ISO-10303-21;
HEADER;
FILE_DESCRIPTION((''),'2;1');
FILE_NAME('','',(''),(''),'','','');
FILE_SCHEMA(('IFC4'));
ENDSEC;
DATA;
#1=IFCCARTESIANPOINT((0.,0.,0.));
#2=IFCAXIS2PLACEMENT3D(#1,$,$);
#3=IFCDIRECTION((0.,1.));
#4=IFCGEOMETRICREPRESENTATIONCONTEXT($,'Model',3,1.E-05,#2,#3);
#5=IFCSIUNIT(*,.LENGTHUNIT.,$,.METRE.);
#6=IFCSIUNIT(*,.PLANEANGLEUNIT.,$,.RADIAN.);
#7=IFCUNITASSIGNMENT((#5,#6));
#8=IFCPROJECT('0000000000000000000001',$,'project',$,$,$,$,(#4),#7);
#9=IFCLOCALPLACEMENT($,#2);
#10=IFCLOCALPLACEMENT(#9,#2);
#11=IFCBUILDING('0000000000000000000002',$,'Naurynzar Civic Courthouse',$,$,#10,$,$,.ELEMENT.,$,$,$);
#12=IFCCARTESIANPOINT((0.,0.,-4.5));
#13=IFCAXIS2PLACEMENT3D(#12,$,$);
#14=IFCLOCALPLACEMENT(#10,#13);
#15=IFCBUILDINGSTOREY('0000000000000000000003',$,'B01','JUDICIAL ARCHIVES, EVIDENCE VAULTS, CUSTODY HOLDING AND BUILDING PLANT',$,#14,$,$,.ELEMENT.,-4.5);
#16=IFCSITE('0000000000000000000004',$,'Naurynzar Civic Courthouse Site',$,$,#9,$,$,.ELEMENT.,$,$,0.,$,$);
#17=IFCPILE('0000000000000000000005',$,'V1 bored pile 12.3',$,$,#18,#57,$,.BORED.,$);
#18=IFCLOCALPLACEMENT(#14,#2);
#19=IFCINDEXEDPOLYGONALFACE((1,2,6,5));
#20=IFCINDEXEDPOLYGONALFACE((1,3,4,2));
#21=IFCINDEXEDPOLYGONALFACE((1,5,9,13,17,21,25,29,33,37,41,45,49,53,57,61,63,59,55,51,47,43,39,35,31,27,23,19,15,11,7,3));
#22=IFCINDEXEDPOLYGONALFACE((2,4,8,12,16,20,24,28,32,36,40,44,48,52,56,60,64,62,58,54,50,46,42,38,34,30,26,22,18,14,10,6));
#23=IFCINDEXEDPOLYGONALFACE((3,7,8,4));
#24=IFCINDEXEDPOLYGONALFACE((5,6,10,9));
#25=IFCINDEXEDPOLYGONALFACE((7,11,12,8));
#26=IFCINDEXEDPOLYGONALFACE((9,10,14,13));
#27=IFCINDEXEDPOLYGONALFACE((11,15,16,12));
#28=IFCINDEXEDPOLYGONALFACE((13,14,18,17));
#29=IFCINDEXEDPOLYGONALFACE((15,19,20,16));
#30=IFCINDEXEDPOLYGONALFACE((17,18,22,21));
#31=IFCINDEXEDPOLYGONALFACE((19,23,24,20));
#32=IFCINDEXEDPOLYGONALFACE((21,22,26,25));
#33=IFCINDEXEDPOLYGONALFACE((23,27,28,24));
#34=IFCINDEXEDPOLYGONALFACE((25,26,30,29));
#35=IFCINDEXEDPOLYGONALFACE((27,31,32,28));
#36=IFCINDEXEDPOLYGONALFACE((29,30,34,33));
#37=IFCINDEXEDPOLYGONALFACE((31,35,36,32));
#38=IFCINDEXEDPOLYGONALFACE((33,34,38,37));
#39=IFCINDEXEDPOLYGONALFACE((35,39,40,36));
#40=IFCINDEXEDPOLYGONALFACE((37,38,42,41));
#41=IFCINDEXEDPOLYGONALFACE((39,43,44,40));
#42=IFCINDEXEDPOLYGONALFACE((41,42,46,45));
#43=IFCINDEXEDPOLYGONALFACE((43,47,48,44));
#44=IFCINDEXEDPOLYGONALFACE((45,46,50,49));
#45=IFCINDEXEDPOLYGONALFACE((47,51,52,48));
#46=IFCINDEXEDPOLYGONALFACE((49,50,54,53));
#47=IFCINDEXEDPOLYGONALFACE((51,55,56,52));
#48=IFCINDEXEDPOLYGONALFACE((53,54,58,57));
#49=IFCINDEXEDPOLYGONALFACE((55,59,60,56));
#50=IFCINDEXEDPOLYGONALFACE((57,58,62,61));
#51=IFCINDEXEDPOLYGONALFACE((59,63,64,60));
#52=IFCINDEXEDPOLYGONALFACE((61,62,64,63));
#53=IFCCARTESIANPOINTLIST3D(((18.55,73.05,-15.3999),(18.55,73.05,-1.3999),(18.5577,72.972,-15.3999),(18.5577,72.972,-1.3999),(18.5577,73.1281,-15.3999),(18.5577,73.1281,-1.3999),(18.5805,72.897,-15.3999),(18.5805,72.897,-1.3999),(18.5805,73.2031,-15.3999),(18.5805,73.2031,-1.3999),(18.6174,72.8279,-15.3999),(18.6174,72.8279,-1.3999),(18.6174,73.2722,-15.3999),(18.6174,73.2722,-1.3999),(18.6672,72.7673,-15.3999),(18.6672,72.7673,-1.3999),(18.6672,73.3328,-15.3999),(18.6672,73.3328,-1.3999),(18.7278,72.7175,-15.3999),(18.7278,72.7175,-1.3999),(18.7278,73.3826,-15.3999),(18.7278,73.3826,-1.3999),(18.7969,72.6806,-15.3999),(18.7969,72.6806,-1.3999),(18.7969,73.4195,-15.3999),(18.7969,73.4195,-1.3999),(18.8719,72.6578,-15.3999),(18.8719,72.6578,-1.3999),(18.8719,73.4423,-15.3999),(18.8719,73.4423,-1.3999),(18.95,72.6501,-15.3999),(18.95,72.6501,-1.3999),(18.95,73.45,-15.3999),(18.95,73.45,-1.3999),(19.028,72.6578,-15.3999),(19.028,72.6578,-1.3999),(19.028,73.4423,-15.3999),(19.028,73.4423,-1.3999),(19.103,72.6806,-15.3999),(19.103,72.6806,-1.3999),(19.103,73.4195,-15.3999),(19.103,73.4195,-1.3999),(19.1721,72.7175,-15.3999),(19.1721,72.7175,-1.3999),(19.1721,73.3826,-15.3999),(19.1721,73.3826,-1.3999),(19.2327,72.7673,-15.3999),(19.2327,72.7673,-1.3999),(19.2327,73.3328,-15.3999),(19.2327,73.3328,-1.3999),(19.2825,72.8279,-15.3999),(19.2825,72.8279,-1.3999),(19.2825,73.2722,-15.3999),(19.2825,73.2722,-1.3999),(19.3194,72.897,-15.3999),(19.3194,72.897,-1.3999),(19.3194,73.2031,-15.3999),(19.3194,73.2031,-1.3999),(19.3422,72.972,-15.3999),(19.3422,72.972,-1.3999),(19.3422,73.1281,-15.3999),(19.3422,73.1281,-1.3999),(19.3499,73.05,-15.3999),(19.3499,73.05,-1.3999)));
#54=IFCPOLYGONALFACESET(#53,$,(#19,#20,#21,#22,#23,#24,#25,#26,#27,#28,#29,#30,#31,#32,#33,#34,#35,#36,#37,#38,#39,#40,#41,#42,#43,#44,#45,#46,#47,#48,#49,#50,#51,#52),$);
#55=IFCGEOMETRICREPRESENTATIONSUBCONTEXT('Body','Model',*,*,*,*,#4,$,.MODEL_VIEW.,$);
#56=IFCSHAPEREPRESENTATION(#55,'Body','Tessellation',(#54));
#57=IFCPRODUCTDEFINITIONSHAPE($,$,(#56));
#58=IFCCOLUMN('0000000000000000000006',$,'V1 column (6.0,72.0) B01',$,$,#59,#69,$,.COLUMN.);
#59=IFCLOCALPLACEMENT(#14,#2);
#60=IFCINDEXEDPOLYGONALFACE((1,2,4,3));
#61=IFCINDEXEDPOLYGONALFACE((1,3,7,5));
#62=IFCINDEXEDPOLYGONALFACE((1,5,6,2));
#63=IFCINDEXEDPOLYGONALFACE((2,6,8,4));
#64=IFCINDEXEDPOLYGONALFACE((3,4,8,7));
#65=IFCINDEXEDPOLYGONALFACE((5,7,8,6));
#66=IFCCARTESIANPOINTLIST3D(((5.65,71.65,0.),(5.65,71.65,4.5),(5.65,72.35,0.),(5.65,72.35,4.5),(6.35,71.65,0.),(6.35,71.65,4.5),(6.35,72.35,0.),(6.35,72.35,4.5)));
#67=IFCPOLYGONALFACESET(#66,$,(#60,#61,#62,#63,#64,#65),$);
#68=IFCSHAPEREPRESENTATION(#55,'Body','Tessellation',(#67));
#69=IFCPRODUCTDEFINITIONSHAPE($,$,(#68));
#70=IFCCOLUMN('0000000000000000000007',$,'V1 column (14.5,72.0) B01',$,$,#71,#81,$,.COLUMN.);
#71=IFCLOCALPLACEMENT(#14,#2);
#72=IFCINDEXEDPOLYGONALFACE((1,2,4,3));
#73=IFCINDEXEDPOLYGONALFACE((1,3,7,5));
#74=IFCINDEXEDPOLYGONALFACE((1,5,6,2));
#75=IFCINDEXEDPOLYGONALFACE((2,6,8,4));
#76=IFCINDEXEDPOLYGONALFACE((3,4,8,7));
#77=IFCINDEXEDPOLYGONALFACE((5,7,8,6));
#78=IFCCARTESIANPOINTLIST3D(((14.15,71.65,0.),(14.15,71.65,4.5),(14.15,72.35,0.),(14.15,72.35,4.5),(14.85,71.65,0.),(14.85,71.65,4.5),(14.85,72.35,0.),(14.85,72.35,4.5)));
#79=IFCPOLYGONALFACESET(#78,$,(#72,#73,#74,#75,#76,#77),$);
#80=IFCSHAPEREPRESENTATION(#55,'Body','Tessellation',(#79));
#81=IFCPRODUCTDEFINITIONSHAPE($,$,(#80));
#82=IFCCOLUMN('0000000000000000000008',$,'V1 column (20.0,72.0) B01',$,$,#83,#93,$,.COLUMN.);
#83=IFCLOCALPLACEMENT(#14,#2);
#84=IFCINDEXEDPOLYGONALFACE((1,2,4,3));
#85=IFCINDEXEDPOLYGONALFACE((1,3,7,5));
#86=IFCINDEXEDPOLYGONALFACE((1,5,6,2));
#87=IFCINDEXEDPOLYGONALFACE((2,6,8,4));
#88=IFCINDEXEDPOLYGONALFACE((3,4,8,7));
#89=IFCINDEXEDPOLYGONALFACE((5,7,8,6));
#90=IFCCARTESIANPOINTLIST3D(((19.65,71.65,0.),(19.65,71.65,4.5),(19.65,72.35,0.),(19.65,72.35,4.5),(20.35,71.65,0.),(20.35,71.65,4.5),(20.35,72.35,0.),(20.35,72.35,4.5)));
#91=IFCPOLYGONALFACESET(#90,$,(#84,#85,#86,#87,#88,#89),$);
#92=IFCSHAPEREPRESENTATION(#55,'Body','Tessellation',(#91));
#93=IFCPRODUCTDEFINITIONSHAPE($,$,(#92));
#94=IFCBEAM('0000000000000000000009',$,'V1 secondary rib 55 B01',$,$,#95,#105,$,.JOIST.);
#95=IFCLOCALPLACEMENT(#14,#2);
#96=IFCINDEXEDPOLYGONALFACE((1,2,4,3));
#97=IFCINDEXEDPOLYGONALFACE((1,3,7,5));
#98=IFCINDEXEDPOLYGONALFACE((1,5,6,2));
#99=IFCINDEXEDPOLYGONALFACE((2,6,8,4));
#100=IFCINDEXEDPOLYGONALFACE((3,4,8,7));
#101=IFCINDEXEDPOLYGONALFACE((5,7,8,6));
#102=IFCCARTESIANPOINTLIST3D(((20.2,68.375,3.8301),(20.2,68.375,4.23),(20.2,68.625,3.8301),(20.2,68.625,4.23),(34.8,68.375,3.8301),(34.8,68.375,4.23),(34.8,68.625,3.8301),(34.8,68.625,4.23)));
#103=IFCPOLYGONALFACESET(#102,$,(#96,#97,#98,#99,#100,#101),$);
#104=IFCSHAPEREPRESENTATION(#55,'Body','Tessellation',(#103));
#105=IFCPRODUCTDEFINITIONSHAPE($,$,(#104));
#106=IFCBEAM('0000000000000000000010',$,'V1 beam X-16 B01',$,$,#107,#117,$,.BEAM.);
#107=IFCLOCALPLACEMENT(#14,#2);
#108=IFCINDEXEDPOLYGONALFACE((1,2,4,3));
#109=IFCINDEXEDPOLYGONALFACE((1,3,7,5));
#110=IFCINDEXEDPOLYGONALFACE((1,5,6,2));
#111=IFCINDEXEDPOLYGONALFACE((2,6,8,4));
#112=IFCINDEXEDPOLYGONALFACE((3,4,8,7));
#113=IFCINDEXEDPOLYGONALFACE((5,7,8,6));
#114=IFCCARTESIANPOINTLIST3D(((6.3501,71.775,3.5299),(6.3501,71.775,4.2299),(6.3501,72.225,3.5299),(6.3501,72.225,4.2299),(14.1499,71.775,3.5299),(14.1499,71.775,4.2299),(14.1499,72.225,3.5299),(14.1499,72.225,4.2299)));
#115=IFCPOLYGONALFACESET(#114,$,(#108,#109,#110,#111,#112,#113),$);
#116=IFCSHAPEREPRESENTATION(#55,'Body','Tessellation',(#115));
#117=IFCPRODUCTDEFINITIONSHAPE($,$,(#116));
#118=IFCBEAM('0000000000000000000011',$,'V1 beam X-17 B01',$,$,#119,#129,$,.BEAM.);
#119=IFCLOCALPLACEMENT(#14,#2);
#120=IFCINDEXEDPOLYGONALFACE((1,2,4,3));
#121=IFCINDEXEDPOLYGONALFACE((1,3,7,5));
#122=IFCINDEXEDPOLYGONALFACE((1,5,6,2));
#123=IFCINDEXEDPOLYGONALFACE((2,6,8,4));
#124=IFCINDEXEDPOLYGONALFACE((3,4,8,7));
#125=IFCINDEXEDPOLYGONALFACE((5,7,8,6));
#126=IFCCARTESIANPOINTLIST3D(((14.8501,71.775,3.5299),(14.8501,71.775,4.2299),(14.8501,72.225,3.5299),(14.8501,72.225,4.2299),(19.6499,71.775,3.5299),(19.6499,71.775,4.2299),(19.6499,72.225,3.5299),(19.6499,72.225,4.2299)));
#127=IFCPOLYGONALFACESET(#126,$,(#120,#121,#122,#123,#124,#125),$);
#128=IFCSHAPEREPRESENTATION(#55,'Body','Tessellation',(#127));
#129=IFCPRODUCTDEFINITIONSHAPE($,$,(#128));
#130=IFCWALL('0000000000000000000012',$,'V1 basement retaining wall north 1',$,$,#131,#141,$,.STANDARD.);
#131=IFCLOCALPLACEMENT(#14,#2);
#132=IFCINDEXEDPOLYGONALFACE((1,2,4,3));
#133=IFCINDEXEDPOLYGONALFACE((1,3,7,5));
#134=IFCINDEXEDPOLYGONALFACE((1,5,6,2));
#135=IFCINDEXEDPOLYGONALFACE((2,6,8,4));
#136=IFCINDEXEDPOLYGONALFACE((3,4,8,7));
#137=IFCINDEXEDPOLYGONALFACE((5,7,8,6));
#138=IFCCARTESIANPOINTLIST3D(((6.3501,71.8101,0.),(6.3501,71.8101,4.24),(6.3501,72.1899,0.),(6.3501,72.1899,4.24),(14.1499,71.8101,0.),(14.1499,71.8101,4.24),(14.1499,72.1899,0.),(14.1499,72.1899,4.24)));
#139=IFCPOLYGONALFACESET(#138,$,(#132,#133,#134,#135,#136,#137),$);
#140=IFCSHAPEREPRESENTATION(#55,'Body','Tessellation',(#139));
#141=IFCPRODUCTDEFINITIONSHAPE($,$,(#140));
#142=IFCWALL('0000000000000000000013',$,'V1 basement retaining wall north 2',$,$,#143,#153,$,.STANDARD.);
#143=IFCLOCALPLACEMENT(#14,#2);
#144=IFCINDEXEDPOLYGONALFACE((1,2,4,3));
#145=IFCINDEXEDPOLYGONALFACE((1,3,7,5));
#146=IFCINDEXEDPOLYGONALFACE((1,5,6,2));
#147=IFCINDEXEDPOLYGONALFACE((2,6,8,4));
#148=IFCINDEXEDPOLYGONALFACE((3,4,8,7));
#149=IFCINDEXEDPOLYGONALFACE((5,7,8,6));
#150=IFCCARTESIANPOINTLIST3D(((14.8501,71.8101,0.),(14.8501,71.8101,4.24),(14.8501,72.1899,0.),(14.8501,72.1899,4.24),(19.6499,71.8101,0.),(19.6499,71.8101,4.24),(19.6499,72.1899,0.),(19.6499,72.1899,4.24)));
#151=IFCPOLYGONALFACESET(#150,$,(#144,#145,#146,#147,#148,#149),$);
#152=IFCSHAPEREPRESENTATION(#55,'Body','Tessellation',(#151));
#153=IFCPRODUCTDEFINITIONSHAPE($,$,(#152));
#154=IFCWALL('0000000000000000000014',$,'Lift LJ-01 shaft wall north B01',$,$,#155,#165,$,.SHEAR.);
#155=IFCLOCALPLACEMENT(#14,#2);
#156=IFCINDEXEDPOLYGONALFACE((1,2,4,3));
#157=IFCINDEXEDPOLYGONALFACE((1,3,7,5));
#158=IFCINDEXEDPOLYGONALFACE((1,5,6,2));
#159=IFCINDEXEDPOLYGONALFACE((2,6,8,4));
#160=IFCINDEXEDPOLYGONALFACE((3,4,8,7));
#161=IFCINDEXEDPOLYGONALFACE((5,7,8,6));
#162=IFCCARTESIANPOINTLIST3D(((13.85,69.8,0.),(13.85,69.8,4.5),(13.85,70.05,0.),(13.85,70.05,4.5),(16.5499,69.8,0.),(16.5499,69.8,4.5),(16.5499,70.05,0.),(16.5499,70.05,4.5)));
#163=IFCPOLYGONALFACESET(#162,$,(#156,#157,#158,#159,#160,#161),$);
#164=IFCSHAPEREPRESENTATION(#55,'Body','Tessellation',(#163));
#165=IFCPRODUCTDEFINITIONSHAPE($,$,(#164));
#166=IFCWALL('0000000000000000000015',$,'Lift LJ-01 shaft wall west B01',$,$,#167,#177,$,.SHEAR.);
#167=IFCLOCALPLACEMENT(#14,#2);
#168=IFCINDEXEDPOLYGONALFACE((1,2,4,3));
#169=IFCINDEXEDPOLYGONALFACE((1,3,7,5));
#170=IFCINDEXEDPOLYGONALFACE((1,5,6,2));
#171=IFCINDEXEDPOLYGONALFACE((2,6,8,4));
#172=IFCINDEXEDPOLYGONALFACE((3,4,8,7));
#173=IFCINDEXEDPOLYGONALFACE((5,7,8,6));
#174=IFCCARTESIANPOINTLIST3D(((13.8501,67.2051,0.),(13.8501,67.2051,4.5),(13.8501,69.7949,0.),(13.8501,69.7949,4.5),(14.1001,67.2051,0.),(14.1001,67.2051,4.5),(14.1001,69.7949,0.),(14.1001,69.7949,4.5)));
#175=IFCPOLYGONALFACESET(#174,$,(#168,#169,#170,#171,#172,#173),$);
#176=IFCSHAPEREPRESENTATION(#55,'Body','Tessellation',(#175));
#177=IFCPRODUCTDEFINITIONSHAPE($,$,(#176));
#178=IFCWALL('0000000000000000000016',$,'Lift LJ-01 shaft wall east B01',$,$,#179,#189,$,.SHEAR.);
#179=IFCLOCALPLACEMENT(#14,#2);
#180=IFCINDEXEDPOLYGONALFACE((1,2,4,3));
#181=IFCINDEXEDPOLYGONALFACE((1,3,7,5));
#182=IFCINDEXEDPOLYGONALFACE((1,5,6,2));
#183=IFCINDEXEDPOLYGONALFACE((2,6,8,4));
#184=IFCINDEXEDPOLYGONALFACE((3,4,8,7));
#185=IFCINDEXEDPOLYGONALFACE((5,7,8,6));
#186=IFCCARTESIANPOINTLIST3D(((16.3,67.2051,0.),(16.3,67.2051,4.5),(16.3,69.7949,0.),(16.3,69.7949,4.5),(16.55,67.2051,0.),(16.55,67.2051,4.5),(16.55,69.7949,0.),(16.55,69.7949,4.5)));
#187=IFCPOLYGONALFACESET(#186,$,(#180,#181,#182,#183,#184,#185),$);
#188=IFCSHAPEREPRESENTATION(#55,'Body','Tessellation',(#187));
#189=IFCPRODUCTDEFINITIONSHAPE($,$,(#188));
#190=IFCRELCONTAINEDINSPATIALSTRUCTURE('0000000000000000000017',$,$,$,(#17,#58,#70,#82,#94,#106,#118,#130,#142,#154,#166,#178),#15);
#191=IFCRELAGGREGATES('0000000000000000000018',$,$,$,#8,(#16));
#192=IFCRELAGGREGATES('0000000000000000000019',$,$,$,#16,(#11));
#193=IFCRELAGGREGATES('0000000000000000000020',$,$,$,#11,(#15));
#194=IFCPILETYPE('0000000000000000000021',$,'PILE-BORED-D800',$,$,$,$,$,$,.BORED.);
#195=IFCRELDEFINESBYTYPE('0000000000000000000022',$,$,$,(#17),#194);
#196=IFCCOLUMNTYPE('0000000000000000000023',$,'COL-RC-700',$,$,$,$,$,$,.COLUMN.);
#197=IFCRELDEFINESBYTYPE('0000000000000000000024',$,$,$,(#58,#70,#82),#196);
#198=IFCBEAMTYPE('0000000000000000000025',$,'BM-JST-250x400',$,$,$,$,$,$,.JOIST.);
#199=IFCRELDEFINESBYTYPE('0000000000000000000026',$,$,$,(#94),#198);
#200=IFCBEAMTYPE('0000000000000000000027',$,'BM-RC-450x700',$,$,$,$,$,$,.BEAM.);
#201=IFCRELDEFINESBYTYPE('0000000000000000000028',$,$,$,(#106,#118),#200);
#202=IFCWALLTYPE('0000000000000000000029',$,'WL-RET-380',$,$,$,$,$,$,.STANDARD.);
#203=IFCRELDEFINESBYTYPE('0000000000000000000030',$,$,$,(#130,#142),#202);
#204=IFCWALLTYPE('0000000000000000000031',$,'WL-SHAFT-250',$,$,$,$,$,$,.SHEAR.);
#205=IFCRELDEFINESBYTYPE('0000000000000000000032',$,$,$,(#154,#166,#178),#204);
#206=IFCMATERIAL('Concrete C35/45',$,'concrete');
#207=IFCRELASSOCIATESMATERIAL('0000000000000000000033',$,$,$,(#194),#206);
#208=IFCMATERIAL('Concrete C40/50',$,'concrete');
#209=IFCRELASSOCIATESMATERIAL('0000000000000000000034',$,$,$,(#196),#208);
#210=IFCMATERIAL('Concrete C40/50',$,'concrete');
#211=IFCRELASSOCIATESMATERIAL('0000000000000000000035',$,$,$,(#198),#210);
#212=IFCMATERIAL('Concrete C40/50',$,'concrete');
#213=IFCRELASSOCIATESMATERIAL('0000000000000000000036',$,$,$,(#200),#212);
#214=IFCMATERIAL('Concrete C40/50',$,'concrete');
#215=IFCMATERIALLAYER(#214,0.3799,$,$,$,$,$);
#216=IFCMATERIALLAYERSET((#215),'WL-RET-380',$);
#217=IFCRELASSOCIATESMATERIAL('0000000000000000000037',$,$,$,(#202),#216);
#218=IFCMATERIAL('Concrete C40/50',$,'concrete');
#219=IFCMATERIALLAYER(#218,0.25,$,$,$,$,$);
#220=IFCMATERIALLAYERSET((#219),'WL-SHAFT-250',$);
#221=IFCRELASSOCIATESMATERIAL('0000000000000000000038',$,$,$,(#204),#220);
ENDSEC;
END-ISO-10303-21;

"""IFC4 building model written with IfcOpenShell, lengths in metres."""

from ifc_helpers import new_model, si_unit, direction, frame, frame_2d, origin, origin_2d, place, context, subcontext, project, spatial, rectangle, circle, extrude, material, layer, layer_set, material_profile, profile_set, type_object, element, save


model = new_model("IFC4")

# Units and contexts
model_context = context("Model", 3, precision=1e-05, world=origin(), true_north=direction((0.0, 1.0)))
body_context = subcontext(model_context, "Body", "Model", "MODEL_VIEW")
ifc_project = project(units=[si_unit("LENGTHUNIT", "METRE"), si_unit("PLANEANGLEUNIT", "RADIAN")], contexts=[model_context])

# Site, building, storey
site_placement = place(None, origin())
site = spatial("IfcSite", under=ifc_project, at=site_placement, Name="Naurynzar Civic Courthouse Site", CompositionType="ELEMENT", RefElevation=0.0)
building_placement = place(site_placement, origin())
building = spatial("IfcBuilding", under=site, at=building_placement, Name="Naurynzar Civic Courthouse", CompositionType="ELEMENT")
storey_placement = place(building_placement, frame((0.0, 0.0, -4.5)))
storey = spatial("IfcBuildingStorey", under=building, at=storey_placement, Name="B01", Description="JUDICIAL ARCHIVES, EVIDENCE VAULTS, CUSTODY HOLDING AND BUILDING PLANT", CompositionType="ELEMENT", Elevation=-4.5)

# Pile
ifc_material_1 = material(Name="Concrete C35/45", Category="concrete")
ifc_material_profile_1 = material_profile(ifc_material_1, circle(Radius=0.3999, at=origin_2d()), Name="PILE D800")
ifc_profile_set_1 = profile_set([ifc_material_profile_1], Name="Concrete C35/45")
pile_type = type_object("IfcPileType", Name="PILE-BORED-D800", PredefinedType="BORED", material=ifc_profile_set_1)
for number, where, z_axis, x_axis, name in (
    (1, (18.95, 73.05, -1.3999), (0.0, 0.0, -1.0), (1.0, 0.0, 0.0), "V1 bored pile 12.3"),
):
    element("IfcPile", number, at=place(storey_placement, frame(where, z_axis=z_axis, x_axis=x_axis)), inside=storey, type_object=pile_type, Name=name, PredefinedType="BORED", context=body_context, shape_type="SweptSolid", body=[
        extrude(circle(Radius=0.3999, at=origin_2d()), origin(), (0.0, 0.0, 1.0), 14.0),
    ])

# Columns
ifc_material_2 = material(Name="Concrete C40/50", Category="concrete")
ifc_material_profile_2 = material_profile(ifc_material_2, rectangle(XDim=0.7, YDim=0.7, at=origin_2d()), Name="RC 700x700")
ifc_profile_set_2 = profile_set([ifc_material_profile_2], Name="Concrete C40/50")
column_type = type_object("IfcColumnType", Name="COL-RC-700", PredefinedType="COLUMN", material=ifc_profile_set_2)
for number, where, z_axis, x_axis, name in (
    (2, (6.0, 72.0, 0.0), (0.0, 0.0, 1.0), (1.0, 0.0, 0.0), "V1 column (6.0,72.0) B01"),
    (3, (14.5, 72.0, 0.0), (0.0, 0.0, 1.0), (1.0, 0.0, 0.0), "V1 column (14.5,72.0) B01"),
    (4, (20.0, 72.0, 0.0), (0.0, 0.0, 1.0), (1.0, 0.0, 0.0), "V1 column (20.0,72.0) B01"),
):
    element("IfcColumn", number, at=place(storey_placement, frame(where, z_axis=z_axis, x_axis=x_axis)), inside=storey, type_object=column_type, Name=name, PredefinedType="COLUMN", context=body_context, shape_type="SweptSolid", body=[
        extrude(rectangle(XDim=0.7, YDim=0.7, at=origin_2d()), origin(), (0.0, 0.0, 1.0), 4.5),
    ])

# Beams
ifc_material_3 = material(Name="Concrete C40/50", Category="concrete")
ifc_material_profile_3 = material_profile(ifc_material_3, rectangle(XDim=0.25, YDim=0.3999, at=origin_2d()), Name="RCB 250x400")
ifc_profile_set_3 = profile_set([ifc_material_profile_3], Name="Concrete C40/50")
beam_type_1 = type_object("IfcBeamType", Name="BM-JST-250x400", PredefinedType="JOIST", material=ifc_profile_set_3)
beam_1_placement = place(storey_placement, frame((20.2, 68.5, 4.03), z_axis=(1.0, 0.0, 0.0), x_axis=(0.0, 1.0, 0.0)))
element("IfcBeam", 5, at=beam_1_placement, inside=storey, type_object=beam_type_1, Name="V1 secondary rib 55 B01", PredefinedType="JOIST", context=body_context, shape_type="SweptSolid", body=[
    extrude(rectangle(XDim=0.25, YDim=0.3999, at=origin_2d()), origin(), (0.0, 0.0, 1.0), 14.6001),
])
ifc_material_4 = material(Name="Concrete C40/50", Category="concrete")
ifc_material_profile_4 = material_profile(ifc_material_4, rectangle(XDim=0.45, YDim=0.7, at=origin_2d()), Name="RCB 450x700")
ifc_profile_set_4 = profile_set([ifc_material_profile_4], Name="Concrete C40/50")
beam_type_2 = type_object("IfcBeamType", Name="BM-RC-450x700", PredefinedType="BEAM", material=ifc_profile_set_4)
beam_2_placement = place(storey_placement, frame((6.3501, 72.0, 3.8799), z_axis=(1.0, 0.0, 0.0), x_axis=(0.0, 1.0, 0.0)))
element("IfcBeam", 6, at=beam_2_placement, inside=storey, type_object=beam_type_2, Name="V1 beam X-16 B01", PredefinedType="BEAM", context=body_context, shape_type="SweptSolid", body=[
    extrude(rectangle(XDim=0.45, YDim=0.7, at=origin_2d()), origin(), (0.0, 0.0, 1.0), 7.7998),
])
beam_3_placement = place(storey_placement, frame((14.8501, 72.0, 3.8799), z_axis=(1.0, 0.0, 0.0), x_axis=(0.0, 1.0, 0.0)))
element("IfcBeam", 7, at=beam_3_placement, inside=storey, type_object=beam_type_2, Name="V1 beam X-17 B01", PredefinedType="BEAM", context=body_context, shape_type="SweptSolid", body=[
    extrude(rectangle(XDim=0.45, YDim=0.7, at=origin_2d()), origin(), (0.0, 0.0, 1.0), 4.7998),
])

# Walls
ifc_material_5 = material(Name="Concrete C40/50", Category="concrete")
ifc_layer_1 = layer(ifc_material_5, 0.3799)
ifc_layer_set_1 = layer_set([ifc_layer_1], Name="WL-RET-380")
wall_type_1 = type_object("IfcWallType", Name="WL-RET-380", PredefinedType="STANDARD", material=ifc_layer_set_1)
wall_1_placement = place(storey_placement, frame((6.3501, 72.0, 0.0), z_axis=(0.0, 0.0, 1.0), x_axis=(1.0, 0.0, 0.0)))
element("IfcWall", 8, at=wall_1_placement, inside=storey, type_object=wall_type_1, Name="V1 basement retaining wall north 1", PredefinedType="STANDARD", context=body_context, shape_type="SweptSolid", body=[
    extrude(rectangle(XDim=7.7998, YDim=0.3799, at=frame_2d((3.8999, 0.0))), origin(), (0.0, 0.0, 1.0), 4.24),
])
wall_2_placement = place(storey_placement, frame((14.8501, 72.0, 0.0), z_axis=(0.0, 0.0, 1.0), x_axis=(1.0, 0.0, 0.0)))
element("IfcWall", 9, at=wall_2_placement, inside=storey, type_object=wall_type_1, Name="V1 basement retaining wall north 2", PredefinedType="STANDARD", context=body_context, shape_type="SweptSolid", body=[
    extrude(rectangle(XDim=4.7998, YDim=0.3799, at=frame_2d((2.3999, 0.0))), origin(), (0.0, 0.0, 1.0), 4.24),
])

# Shared definitions
ifc_material_6 = material(Name="Concrete C40/50", Category="concrete")
ifc_layer_2 = layer(ifc_material_6, 0.25)
ifc_layer_set_2 = layer_set([ifc_layer_2], Name="WL-SHAFT-250")
wall_type_2 = type_object("IfcWallType", Name="WL-SHAFT-250", PredefinedType="SHEAR", material=ifc_layer_set_2)

# Walls
wall_3_placement = place(storey_placement, frame((16.55, 69.925, 0.0), z_axis=(0.0, 0.0, 1.0), x_axis=(-1.0, 0.0, 0.0)))
element("IfcWall", 10, at=wall_3_placement, inside=storey, type_object=wall_type_2, Name="Lift LJ-01 shaft wall north B01", PredefinedType="SHEAR", context=body_context, shape_type="SweptSolid", body=[
    extrude(rectangle(XDim=2.7, YDim=0.25, at=frame_2d((1.3501, 0.0))), origin(), (0.0, 0.0, 1.0), 4.5),
])
for number, where, z_axis, x_axis, name in (
    (11, (13.9751, 69.7949, 0.0), (0.0, 0.0, 1.0), (0.0, -1.0, 0.0), "Lift LJ-01 shaft wall west B01"),
    (12, (16.425, 67.2051, 0.0), (0.0, 0.0, 1.0), (0.0, 1.0, 0.0), "Lift LJ-01 shaft wall east B01"),
):
    element("IfcWall", number, at=place(storey_placement, frame(where, z_axis=z_axis, x_axis=x_axis)), inside=storey, type_object=wall_type_2, Name=name, PredefinedType="SHEAR", context=body_context, shape_type="SweptSolid", body=[
        extrude(rectangle(XDim=2.5898, YDim=0.25, at=frame_2d((1.2949, 0.0))), origin(), (0.0, 0.0, 1.0), 4.5),
    ])

save(model, "model.ifc")
